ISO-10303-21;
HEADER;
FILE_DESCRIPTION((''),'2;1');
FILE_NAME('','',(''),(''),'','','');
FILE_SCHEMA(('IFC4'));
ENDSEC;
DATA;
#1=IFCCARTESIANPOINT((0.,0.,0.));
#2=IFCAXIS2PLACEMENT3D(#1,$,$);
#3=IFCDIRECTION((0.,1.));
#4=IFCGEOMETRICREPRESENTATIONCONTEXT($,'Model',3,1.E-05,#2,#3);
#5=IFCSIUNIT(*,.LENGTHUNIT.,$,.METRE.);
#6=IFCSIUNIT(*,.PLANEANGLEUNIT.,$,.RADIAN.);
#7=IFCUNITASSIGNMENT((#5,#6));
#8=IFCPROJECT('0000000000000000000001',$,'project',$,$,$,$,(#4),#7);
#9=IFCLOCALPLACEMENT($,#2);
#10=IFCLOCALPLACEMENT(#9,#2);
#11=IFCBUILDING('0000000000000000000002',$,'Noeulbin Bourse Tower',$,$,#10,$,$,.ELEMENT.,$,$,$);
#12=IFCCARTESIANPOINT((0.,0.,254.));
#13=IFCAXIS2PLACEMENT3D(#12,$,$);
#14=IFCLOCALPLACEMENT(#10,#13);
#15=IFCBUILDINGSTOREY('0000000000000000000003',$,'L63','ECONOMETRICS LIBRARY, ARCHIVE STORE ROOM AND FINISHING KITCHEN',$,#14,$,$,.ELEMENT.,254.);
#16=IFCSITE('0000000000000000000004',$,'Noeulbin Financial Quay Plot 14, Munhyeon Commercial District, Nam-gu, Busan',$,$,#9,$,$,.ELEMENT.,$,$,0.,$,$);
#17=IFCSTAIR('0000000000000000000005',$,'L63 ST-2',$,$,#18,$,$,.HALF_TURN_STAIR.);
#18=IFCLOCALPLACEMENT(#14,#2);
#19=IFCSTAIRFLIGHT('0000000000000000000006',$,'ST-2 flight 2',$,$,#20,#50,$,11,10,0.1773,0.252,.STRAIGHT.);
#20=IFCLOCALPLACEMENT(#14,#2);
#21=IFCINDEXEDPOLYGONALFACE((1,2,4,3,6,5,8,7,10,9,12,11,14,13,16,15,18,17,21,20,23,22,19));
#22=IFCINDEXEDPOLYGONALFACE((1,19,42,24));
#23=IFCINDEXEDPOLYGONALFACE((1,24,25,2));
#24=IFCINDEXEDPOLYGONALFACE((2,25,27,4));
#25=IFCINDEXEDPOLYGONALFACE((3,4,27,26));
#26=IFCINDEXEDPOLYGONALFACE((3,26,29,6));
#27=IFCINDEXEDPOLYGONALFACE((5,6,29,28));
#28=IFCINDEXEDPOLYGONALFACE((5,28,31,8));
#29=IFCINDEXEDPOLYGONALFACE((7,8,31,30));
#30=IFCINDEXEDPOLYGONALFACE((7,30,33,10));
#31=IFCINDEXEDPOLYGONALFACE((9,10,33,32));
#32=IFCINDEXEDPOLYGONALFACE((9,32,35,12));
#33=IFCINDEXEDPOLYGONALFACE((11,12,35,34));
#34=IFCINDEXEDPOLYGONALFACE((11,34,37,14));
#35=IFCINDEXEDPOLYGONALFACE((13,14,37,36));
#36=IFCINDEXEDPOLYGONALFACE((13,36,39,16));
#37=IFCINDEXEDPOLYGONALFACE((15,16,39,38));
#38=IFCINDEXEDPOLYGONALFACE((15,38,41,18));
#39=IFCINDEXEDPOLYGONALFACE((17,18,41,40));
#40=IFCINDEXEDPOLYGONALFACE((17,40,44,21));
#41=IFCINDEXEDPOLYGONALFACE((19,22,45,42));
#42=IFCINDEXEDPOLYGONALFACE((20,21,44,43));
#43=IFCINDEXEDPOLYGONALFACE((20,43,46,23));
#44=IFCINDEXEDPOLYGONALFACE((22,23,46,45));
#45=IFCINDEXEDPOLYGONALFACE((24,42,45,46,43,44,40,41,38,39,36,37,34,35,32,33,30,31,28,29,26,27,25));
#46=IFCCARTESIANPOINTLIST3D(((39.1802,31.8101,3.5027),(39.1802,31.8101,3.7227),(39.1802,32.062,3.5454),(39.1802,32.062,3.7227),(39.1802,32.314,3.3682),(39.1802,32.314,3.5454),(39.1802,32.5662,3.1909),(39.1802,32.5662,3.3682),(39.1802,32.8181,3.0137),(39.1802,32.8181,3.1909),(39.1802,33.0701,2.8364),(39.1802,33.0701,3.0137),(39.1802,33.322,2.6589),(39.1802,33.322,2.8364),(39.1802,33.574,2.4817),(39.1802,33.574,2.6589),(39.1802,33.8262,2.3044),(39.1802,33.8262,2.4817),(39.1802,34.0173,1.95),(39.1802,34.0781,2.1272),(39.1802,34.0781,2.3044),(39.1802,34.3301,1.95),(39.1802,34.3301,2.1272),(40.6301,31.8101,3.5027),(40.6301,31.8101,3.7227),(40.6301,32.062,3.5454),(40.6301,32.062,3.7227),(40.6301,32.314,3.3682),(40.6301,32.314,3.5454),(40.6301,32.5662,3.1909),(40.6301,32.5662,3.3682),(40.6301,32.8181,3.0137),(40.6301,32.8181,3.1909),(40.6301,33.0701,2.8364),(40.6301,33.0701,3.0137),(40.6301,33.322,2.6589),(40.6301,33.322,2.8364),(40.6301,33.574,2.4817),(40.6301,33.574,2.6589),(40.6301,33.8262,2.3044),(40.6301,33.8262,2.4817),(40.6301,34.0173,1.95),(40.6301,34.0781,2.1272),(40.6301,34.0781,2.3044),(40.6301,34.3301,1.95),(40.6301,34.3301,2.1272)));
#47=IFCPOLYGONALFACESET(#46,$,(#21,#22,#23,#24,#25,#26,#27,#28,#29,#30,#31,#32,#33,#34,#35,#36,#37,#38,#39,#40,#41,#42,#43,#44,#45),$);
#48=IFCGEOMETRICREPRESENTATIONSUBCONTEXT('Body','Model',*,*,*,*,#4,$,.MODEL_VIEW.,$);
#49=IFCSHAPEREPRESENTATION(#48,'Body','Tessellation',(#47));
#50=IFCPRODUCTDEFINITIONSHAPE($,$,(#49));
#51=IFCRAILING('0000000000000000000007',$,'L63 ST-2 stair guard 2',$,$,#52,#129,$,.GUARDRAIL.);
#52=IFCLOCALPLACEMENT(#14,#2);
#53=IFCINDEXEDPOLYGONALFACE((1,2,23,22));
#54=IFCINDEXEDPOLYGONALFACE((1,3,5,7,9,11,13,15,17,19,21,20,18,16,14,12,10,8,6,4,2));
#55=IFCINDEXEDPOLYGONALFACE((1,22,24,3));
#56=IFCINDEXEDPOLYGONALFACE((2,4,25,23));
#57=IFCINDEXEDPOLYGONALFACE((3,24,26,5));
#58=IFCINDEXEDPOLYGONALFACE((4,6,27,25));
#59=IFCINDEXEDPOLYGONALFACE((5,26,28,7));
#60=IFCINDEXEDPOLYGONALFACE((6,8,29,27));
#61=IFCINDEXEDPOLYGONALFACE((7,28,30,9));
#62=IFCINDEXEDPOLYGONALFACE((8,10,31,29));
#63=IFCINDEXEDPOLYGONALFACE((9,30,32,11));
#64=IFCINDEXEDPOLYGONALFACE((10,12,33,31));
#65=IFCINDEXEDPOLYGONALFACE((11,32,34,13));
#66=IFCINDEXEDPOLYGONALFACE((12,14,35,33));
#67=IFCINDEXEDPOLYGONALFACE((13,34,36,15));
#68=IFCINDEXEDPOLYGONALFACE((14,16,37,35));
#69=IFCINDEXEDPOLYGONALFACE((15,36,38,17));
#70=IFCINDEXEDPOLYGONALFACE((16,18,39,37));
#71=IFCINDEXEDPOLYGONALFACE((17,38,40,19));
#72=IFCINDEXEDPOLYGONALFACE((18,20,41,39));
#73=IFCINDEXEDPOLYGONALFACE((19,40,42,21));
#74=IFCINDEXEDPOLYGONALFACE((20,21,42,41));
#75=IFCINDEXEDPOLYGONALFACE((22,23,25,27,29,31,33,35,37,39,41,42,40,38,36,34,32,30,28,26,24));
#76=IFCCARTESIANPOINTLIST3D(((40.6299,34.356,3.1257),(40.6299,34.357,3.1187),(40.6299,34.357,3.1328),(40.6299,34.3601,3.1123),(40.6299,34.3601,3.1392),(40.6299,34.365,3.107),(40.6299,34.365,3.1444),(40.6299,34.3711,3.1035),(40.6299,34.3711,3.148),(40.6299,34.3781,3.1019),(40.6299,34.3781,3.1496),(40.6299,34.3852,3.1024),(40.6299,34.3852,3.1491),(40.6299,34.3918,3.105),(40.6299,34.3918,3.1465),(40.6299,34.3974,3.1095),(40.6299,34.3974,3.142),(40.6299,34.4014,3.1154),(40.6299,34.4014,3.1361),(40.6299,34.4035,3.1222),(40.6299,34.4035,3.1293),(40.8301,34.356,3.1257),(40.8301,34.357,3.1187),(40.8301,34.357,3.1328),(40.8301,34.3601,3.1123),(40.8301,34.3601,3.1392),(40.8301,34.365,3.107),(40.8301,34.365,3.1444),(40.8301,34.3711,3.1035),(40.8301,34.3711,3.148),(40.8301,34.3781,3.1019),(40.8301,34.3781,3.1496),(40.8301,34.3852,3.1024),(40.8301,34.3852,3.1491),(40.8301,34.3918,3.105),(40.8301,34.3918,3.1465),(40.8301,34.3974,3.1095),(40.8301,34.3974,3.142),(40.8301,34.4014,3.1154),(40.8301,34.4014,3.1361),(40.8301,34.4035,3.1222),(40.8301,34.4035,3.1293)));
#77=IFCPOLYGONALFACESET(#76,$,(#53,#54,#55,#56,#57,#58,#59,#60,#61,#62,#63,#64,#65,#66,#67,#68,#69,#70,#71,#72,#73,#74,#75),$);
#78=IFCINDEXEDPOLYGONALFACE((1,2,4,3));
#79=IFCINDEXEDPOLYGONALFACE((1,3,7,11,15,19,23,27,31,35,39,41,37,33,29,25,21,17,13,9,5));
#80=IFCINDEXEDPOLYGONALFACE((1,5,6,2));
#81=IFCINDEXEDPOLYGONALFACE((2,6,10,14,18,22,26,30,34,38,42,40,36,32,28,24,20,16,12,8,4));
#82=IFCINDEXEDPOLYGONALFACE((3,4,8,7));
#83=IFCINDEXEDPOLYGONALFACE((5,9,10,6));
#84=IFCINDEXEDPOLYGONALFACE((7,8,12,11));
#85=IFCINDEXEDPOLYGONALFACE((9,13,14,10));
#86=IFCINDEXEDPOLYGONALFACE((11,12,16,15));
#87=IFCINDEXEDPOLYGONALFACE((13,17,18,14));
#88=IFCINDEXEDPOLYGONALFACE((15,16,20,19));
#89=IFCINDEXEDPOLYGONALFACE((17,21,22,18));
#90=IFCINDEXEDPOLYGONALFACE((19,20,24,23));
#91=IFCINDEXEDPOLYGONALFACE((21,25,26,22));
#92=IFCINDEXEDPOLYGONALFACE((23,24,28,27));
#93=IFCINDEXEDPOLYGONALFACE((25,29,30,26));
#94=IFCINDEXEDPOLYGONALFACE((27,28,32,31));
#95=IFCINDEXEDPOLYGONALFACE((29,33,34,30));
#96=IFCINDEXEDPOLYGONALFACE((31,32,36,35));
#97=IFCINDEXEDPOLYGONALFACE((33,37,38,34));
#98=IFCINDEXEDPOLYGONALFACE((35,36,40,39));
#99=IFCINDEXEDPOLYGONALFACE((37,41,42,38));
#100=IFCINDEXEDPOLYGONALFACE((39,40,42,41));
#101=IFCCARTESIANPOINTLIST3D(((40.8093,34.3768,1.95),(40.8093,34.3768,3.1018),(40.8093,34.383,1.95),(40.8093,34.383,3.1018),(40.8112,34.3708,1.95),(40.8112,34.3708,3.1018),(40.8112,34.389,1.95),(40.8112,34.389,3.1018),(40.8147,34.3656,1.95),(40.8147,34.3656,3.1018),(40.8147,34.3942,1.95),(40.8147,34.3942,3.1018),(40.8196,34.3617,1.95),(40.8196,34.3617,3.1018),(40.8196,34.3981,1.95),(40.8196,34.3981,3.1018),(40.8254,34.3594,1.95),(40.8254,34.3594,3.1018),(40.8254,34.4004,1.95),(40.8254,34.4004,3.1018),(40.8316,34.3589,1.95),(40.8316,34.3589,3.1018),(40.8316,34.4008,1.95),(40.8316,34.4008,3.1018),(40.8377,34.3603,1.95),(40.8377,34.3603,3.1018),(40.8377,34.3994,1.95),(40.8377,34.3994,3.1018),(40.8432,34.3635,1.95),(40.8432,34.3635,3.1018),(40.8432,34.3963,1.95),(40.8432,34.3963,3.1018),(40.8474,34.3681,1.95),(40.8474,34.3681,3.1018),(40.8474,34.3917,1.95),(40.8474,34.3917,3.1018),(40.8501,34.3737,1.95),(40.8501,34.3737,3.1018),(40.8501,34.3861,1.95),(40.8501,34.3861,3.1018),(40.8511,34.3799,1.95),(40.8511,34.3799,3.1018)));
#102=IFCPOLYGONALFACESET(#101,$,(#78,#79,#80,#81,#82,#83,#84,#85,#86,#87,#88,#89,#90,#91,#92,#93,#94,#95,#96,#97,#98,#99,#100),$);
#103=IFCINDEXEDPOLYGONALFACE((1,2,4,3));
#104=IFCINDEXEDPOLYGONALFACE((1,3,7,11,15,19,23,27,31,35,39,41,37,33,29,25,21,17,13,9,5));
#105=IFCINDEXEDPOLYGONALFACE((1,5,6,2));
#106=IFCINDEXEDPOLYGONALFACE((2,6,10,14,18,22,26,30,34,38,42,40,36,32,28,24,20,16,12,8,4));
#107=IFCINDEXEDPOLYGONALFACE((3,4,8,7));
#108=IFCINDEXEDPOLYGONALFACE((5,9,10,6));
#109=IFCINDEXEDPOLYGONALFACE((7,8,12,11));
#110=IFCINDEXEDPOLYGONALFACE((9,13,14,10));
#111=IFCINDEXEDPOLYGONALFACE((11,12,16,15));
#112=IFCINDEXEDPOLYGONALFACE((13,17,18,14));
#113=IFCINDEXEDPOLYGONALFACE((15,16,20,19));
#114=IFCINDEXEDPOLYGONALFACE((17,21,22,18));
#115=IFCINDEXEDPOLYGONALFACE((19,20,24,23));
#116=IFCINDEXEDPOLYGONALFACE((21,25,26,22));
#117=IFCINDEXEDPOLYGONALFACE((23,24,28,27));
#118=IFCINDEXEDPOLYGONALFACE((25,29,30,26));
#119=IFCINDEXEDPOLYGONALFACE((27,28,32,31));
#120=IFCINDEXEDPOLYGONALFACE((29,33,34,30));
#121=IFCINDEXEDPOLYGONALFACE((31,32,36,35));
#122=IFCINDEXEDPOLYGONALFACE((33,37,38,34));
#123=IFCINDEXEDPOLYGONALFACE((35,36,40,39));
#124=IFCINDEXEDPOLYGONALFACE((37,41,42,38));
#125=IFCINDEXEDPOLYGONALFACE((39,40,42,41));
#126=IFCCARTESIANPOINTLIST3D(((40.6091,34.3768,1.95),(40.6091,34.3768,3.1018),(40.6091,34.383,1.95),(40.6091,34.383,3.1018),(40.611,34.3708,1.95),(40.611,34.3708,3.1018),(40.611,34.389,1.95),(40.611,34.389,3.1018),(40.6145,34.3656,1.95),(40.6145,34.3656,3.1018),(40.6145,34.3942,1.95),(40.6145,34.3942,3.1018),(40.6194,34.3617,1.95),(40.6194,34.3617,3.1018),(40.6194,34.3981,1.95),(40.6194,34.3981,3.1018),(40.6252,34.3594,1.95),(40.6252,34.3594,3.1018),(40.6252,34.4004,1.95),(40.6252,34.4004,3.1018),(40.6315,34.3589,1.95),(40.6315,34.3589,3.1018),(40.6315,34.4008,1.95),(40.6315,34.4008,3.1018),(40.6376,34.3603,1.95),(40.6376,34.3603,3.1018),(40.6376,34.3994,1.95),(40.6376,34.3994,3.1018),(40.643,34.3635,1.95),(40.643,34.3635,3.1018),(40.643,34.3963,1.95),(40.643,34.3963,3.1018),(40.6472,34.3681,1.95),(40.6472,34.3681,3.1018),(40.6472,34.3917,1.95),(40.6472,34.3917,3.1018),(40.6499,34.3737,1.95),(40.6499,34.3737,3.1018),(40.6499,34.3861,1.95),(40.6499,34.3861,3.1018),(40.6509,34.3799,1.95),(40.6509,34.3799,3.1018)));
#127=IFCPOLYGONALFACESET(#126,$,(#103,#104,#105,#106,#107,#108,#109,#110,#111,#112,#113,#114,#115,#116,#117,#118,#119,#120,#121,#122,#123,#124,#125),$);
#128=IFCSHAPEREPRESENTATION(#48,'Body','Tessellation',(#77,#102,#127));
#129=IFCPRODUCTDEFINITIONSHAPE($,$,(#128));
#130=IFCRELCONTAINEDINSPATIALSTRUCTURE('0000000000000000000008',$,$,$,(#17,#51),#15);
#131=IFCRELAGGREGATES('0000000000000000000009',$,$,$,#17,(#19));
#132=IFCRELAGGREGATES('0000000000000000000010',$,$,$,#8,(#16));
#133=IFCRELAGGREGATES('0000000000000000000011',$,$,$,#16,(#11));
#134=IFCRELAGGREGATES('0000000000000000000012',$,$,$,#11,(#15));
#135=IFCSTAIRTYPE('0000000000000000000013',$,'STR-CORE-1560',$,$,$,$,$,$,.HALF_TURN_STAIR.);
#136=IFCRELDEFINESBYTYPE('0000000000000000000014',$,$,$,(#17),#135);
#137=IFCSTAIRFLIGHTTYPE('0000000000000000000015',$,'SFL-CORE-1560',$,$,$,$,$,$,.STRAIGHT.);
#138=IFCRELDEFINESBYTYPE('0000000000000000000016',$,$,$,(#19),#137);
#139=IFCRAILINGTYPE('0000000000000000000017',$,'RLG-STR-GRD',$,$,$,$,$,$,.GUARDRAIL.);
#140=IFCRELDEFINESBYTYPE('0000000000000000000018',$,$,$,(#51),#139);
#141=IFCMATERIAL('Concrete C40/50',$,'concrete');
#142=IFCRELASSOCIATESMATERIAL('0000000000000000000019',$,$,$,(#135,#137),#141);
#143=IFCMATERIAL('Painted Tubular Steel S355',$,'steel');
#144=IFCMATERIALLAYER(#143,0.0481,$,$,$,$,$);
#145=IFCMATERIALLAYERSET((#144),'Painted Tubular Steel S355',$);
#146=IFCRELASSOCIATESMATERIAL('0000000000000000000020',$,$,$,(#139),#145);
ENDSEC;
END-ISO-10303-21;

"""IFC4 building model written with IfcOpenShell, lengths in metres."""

from ifc_helpers import new_model, si_unit, direction, frame, origin, origin_2d, place, context, subcontext, project, spatial, polyline, circle, outline, extrude, material, layer, layer_set, type_object, element, aggregate, save


model = new_model("IFC4")

# Units and contexts
model_context = context("Model", 3, precision=1e-05, world=origin(), true_north=direction((0.0, 1.0)))
body_context = subcontext(model_context, "Body", "Model", "MODEL_VIEW")
ifc_project = project(units=[si_unit("LENGTHUNIT", "METRE"), si_unit("PLANEANGLEUNIT", "RADIAN")], contexts=[model_context])

# Site, building, storey
site_placement = place(None, origin())
site = spatial("IfcSite", under=ifc_project, at=site_placement, Name="Noeulbin Financial Quay Plot 14, Munhyeon Commercial District, Nam-gu, Busan", CompositionType="ELEMENT", RefElevation=0.0)
building_placement = place(site_placement, origin())
building = spatial("IfcBuilding", under=site, at=building_placement, Name="Noeulbin Bourse Tower", CompositionType="ELEMENT")
storey_placement = place(building_placement, frame((0.0, 0.0, 254.0)))
storey = spatial("IfcBuildingStorey", under=building, at=storey_placement, Name="L63", Description="ECONOMETRICS LIBRARY, ARCHIVE STORE ROOM AND FINISHING KITCHEN", CompositionType="ELEMENT", Elevation=254.0)

# Shared definitions
ifc_material_1 = material(Name="Concrete C40/50", Category="concrete")

# Stair, stair flight
stair_type = type_object("IfcStairType", Name="STR-CORE-1560", PredefinedType="HALF_TURN_STAIR", material=ifc_material_1)
stair_placement = place(storey_placement, origin())
stair = element("IfcStair", 1, at=stair_placement, inside=storey, type_object=stair_type, Name="L63 ST-2", PredefinedType="HALF_TURN_STAIR")
stair_flight_type = type_object("IfcStairFlightType", Name="SFL-CORE-1560", PredefinedType="STRAIGHT", material=ifc_material_1)
stair_flight_placement = place(storey_placement, frame((39.905, 34.3301, 1.95), z_axis=(0.0, 0.0, 1.0), x_axis=(0.0, -1.0, 0.0)))
stair_flight = element("IfcStairFlight", 2, at=stair_flight_placement, type_object=stair_flight_type, Name="ST-2 flight 2", NumberOfRisers=11, NumberOfTreads=10, PredefinedType="STRAIGHT", RiserHeight=0.1773, TreadLength=0.252, context=body_context, shape_type="SweptSolid", body=[
    extrude(outline(polyline([(0.0, 0.0), (0.0, 0.1772), (0.252, 0.1772), (0.252, 0.3545), (0.5039, 0.3545), (0.5039, 0.5317), (0.7561, 0.5317), (0.7561, 0.709), (1.0081, 0.709), (1.0081, 0.8865), (1.26, 0.8865), (1.26, 1.0637), (1.512, 1.0637), (1.512, 1.241), (1.7639, 1.241), (1.7639, 1.4182), (2.0161, 1.4182), (2.0161, 1.5955), (2.2681, 1.5955), (2.2681, 1.7727), (2.52, 1.7727), (2.52, 1.95), (2.52, 1.5527), (0.3127, 0.0), (0.0, 0.0)])), frame((0.0, 0.7251, 0.0), z_axis=(0.0, -1.0, 0.0), x_axis=(1.0, 0.0, 0.0)), (0.0, 0.0, 1.0), 1.45),
])
aggregate(stair, [stair_flight])

# Railing
ifc_material_2 = material(Name="Painted Tubular Steel S355", Category="steel")
ifc_layer_1 = layer(ifc_material_2, 0.0481)
ifc_layer_set_1 = layer_set([ifc_layer_1], Name="Painted Tubular Steel S355")
railing_type_1 = type_object("IfcRailingType", Name="RLG-STR-GRD", PredefinedType="GUARDRAIL", material=ifc_layer_set_1)
railing_1_placement = place(storey_placement, frame((40.8301, 34.3799, 1.95)))
element("IfcRailing", 3, at=railing_1_placement, inside=storey, type_object=railing_type_1, Name="L63 ST-2 stair guard 2", PredefinedType="GUARDRAIL", context=body_context, shape_type="SweptSolid", body=[
    extrude(circle(Radius=0.0239, at=origin_2d()), frame((0.0, 0.0, 1.1758), z_axis=(-1.0, 0.0, 0.0), x_axis=(0.0, -1.0, 0.0)), (0.0, 0.0, 1.0), 0.2002),
    extrude(circle(Radius=0.021, at=origin_2d()), origin(), (0.0, 0.0, 1.0), 1.1519),
    extrude(circle(Radius=0.021, at=origin_2d()), frame((-0.2002, 0.0, 0.0)), (0.0, 0.0, 1.0), 1.1519),
])

save(model, "model.ifc")
